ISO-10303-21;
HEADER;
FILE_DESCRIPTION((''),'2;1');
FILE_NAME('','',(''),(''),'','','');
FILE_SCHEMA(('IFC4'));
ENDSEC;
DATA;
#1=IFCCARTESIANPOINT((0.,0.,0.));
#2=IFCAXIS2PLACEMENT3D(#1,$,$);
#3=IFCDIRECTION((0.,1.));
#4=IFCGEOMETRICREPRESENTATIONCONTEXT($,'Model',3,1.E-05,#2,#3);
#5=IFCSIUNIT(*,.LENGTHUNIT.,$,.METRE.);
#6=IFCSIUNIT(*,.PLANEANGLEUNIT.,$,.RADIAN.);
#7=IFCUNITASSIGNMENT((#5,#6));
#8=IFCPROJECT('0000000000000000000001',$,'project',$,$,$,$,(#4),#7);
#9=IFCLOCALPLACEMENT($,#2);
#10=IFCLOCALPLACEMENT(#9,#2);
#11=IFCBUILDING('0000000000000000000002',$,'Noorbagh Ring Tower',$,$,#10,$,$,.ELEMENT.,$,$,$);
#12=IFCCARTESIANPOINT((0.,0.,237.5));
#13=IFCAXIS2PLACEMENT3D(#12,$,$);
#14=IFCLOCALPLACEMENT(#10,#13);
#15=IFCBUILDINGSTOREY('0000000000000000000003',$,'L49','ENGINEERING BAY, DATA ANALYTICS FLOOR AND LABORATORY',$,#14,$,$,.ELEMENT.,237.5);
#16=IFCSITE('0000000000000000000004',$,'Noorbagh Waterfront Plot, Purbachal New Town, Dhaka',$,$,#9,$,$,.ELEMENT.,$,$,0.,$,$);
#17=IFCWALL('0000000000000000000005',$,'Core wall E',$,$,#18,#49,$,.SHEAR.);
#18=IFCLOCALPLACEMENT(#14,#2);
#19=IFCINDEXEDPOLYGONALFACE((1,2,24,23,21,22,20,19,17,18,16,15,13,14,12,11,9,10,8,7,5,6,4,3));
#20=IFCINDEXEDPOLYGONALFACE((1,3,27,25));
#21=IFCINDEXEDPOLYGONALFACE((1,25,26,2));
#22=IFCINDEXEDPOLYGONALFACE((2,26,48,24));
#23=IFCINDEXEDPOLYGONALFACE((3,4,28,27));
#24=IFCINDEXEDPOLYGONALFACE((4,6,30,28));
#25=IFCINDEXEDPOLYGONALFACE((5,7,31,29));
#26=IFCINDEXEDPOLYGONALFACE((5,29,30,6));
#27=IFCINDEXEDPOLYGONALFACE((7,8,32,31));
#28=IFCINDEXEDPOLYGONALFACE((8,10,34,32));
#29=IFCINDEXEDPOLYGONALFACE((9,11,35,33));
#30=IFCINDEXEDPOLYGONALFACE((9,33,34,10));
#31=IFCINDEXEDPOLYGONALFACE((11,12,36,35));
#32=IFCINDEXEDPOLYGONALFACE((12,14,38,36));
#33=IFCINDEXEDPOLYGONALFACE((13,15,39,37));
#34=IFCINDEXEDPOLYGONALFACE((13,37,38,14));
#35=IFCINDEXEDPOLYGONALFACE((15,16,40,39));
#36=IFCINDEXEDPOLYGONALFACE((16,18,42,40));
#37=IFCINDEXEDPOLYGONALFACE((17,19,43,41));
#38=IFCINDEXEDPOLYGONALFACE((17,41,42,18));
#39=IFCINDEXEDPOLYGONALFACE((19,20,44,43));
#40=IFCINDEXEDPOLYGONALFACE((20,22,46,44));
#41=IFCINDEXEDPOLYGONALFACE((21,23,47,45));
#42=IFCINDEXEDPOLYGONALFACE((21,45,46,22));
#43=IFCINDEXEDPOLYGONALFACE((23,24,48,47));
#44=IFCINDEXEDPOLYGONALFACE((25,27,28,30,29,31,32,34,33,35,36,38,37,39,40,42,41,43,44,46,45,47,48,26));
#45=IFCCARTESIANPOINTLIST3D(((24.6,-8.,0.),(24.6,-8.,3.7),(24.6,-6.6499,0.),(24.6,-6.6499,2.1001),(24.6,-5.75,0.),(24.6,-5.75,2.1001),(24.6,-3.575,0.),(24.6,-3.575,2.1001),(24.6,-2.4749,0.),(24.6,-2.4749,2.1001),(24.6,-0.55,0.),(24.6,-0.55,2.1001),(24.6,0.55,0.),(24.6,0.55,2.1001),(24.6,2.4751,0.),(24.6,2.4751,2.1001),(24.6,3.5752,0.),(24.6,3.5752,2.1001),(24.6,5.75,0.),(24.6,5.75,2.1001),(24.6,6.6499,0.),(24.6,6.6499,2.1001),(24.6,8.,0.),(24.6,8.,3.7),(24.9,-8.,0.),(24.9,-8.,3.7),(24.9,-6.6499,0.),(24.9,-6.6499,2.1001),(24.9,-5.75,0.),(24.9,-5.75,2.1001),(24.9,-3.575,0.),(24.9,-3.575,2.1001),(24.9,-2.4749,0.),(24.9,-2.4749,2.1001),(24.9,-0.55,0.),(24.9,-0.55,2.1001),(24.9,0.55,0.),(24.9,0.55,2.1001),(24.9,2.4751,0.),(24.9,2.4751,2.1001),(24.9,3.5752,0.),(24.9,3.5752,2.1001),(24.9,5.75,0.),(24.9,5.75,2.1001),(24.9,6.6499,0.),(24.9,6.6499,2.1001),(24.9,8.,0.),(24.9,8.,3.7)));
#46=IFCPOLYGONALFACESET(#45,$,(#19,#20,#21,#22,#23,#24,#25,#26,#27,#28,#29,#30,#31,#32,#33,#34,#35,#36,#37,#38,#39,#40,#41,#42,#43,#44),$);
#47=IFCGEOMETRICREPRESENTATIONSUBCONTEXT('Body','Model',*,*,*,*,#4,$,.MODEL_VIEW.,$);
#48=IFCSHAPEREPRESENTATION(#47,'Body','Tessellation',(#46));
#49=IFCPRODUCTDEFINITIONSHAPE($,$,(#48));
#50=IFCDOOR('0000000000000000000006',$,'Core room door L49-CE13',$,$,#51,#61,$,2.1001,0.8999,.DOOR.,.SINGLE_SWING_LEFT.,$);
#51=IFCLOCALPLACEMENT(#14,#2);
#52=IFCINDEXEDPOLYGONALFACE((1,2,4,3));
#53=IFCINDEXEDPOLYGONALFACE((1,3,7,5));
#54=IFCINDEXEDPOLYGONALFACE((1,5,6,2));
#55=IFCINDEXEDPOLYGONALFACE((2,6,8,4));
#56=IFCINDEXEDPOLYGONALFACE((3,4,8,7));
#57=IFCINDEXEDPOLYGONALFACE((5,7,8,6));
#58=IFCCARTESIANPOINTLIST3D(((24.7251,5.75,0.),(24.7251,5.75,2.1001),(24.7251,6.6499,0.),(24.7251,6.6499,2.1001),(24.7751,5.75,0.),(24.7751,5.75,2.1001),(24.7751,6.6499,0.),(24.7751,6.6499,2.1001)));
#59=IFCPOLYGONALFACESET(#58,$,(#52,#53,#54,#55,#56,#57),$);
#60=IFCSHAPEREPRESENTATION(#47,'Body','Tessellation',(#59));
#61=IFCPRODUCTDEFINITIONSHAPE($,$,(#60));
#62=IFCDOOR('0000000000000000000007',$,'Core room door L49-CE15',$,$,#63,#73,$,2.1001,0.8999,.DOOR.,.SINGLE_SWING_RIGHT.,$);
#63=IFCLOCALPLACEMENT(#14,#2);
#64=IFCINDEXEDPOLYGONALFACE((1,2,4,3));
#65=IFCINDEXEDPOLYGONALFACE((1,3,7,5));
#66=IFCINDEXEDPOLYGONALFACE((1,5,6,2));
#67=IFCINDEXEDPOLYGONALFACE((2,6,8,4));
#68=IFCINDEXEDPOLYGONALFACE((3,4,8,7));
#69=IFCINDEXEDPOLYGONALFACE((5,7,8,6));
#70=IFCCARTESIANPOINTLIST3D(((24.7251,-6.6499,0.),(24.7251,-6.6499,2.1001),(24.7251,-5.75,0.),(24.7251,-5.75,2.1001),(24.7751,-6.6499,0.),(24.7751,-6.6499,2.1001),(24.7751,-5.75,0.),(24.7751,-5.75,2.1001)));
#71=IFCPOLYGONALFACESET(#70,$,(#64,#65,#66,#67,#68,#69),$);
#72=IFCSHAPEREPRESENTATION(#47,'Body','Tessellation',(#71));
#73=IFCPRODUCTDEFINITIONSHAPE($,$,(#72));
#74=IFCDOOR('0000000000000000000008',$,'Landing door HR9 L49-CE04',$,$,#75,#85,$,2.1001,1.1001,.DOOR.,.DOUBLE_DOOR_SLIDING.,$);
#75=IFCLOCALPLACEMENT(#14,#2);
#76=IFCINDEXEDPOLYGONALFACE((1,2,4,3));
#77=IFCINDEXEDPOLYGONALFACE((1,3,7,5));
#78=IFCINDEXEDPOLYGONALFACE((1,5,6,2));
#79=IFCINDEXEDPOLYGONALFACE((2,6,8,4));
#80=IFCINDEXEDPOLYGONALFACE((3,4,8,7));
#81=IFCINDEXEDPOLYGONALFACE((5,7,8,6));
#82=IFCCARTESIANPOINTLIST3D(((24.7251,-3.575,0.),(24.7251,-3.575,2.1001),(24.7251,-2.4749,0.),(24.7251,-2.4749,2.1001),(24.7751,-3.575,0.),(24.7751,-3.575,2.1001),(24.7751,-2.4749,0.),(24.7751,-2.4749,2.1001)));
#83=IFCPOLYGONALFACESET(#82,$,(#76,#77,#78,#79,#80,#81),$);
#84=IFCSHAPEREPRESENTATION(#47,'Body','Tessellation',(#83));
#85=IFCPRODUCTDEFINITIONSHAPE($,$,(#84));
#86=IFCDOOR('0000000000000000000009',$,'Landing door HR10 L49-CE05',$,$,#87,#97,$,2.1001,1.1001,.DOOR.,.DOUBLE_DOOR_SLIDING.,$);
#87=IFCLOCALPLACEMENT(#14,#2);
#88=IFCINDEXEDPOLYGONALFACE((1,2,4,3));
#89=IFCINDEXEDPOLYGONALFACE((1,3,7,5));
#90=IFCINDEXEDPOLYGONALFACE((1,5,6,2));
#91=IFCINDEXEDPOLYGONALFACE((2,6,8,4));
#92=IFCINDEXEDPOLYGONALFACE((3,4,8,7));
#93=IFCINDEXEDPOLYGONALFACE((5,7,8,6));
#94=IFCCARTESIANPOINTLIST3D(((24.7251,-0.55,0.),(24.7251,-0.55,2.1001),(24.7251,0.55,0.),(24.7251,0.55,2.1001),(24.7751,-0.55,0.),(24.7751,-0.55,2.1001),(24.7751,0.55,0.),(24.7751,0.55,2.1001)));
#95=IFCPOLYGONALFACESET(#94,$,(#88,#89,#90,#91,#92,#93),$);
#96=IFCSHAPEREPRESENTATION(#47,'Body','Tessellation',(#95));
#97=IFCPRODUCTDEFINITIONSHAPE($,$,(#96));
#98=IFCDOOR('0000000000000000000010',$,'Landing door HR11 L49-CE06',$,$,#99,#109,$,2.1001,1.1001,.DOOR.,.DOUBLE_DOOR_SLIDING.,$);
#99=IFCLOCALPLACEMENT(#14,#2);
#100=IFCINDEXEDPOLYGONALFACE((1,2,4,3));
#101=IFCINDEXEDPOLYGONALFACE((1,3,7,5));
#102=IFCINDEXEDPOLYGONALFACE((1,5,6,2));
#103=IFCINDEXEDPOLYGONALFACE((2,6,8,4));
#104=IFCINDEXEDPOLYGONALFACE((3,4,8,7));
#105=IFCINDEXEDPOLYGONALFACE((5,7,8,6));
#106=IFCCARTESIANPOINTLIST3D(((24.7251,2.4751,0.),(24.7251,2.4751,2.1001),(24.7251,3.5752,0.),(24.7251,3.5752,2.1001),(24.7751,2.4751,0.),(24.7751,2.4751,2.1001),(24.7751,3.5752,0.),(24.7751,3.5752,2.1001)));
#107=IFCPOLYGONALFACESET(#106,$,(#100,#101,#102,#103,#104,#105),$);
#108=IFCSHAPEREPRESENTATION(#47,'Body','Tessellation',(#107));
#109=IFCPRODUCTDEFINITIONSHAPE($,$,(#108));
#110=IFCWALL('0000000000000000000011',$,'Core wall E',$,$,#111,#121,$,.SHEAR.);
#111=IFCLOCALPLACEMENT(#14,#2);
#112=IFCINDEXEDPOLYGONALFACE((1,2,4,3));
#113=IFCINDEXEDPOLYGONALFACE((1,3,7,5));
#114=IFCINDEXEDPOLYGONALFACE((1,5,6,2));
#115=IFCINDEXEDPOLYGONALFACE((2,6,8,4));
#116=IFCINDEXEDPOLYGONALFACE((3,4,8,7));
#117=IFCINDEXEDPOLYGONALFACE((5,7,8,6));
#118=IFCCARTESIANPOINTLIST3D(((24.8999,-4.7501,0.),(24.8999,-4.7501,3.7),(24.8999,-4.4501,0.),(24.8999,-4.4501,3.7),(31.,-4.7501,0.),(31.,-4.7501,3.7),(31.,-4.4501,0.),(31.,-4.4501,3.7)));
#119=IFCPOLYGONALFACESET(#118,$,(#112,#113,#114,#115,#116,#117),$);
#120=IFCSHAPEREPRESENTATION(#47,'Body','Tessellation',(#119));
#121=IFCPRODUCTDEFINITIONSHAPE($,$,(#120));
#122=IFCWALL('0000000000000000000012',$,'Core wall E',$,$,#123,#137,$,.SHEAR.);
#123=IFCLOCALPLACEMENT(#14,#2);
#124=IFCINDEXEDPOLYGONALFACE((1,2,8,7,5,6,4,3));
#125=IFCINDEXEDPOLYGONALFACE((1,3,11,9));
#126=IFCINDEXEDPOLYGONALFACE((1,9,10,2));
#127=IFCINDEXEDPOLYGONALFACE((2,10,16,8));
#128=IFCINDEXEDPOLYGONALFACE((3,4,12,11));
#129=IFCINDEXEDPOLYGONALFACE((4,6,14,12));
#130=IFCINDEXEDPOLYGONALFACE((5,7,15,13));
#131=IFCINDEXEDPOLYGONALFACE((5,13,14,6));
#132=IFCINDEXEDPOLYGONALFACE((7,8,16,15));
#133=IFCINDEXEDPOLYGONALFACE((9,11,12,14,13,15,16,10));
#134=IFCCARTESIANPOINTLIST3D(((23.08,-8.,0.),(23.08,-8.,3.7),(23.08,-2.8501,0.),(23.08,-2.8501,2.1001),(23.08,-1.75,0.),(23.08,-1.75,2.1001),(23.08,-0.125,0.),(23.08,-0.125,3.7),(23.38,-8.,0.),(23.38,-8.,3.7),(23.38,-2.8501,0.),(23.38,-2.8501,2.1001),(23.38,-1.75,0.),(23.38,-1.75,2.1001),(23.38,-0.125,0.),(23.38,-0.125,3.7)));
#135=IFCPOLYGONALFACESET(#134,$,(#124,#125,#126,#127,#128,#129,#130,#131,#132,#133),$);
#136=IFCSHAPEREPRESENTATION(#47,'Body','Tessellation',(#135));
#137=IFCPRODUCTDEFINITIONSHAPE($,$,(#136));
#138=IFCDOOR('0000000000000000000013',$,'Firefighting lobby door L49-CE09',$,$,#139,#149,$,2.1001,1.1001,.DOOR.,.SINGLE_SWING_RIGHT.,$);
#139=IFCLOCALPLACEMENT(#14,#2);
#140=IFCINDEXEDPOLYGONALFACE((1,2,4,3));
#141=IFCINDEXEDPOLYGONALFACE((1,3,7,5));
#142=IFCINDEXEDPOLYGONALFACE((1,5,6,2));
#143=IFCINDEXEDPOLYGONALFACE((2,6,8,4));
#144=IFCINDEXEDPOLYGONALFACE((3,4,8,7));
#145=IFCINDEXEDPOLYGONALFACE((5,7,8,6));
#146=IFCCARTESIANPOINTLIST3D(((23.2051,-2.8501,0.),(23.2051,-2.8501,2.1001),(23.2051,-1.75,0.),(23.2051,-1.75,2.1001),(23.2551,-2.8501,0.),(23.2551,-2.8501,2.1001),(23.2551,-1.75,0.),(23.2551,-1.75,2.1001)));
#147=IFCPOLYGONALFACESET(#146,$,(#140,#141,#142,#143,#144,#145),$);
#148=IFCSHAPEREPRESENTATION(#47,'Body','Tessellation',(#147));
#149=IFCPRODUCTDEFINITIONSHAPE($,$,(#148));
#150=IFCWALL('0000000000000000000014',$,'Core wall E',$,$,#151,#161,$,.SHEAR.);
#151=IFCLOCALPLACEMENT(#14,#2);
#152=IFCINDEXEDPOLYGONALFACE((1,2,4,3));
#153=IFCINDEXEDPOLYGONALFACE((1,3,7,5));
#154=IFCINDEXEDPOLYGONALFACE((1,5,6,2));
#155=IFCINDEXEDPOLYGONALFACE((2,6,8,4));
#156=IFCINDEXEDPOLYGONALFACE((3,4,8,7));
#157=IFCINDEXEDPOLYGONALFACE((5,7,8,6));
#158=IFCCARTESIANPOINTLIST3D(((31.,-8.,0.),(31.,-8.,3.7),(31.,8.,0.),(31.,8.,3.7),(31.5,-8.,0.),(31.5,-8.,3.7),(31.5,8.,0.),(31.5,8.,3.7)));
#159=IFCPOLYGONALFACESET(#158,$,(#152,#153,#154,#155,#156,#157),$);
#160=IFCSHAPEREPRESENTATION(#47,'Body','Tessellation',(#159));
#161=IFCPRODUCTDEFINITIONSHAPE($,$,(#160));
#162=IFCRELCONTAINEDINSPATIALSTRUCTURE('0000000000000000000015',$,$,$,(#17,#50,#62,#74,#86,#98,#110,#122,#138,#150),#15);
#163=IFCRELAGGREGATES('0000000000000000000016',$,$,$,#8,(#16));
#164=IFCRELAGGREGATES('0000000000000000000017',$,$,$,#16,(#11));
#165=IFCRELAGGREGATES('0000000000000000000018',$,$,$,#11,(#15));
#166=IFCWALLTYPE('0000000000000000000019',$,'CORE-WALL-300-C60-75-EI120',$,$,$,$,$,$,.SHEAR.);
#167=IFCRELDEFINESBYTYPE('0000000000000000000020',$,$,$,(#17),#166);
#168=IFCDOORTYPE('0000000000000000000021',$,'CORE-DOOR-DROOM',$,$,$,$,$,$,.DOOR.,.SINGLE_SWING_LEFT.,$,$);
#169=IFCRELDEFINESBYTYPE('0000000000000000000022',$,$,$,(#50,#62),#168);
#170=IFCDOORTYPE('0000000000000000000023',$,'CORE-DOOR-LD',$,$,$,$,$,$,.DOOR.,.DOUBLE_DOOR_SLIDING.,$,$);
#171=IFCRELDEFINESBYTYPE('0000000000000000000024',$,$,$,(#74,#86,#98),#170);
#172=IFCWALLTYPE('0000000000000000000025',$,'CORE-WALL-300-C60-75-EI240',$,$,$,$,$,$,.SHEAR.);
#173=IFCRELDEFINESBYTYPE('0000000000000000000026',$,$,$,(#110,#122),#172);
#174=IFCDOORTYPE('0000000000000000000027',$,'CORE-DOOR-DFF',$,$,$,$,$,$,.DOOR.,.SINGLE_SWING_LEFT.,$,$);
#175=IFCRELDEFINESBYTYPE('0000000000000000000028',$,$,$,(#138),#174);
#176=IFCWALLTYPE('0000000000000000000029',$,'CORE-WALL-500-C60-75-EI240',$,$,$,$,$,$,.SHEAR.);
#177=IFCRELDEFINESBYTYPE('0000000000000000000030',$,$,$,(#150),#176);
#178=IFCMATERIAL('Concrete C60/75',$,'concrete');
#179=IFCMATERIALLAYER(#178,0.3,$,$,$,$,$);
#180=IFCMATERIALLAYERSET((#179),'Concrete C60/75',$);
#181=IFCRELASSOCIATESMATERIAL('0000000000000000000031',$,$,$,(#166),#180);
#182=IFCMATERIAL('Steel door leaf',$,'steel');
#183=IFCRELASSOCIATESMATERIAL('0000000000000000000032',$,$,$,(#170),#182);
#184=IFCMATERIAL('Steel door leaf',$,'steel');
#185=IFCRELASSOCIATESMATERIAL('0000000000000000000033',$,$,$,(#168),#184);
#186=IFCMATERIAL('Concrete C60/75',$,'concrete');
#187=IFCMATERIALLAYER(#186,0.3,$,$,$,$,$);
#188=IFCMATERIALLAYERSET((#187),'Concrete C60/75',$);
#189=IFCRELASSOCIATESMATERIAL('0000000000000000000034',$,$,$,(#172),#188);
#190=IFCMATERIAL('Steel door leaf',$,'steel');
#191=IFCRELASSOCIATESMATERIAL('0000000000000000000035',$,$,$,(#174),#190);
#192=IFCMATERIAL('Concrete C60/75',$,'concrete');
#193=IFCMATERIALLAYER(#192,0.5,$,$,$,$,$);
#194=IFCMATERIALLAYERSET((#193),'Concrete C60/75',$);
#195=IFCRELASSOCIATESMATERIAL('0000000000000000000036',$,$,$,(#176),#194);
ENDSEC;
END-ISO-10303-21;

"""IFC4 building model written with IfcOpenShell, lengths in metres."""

from ifc_helpers import new_model, si_unit, direction, frame, frame_2d, origin, place, context, subcontext, project, spatial, rectangle, extrude, material, layer, layer_set, type_object, element, fill, save


model = new_model("IFC4")

# Units and contexts
model_context = context("Model", 3, precision=1e-05, world=origin(), true_north=direction((0.0, 1.0)))
body_context = subcontext(model_context, "Body", "Model", "MODEL_VIEW")
ifc_project = project(units=[si_unit("LENGTHUNIT", "METRE"), si_unit("PLANEANGLEUNIT", "RADIAN")], contexts=[model_context])

# Site, building, storey
site_placement = place(None, origin())
site = spatial("IfcSite", under=ifc_project, at=site_placement, Name="Noorbagh Waterfront Plot, Purbachal New Town, Dhaka", CompositionType="ELEMENT", RefElevation=0.0)
building_placement = place(site_placement, origin())
building = spatial("IfcBuilding", under=site, at=building_placement, Name="Noorbagh Ring Tower", CompositionType="ELEMENT")
storey_placement = place(building_placement, frame((0.0, 0.0, 237.5)))
storey = spatial("IfcBuildingStorey", under=building, at=storey_placement, Name="L49", Description="ENGINEERING BAY, DATA ANALYTICS FLOOR AND LABORATORY", CompositionType="ELEMENT", Elevation=237.5)

# Shared definitions
ifc_material_1 = material(Name="Concrete C60/75", Category="concrete")
ifc_layer_1 = layer(ifc_material_1, 0.3)
ifc_layer_set_1 = layer_set([ifc_layer_1], Name="Concrete C60/75")
wall_type_1 = type_object("IfcWallType", Name="CORE-WALL-300-C60-75-EI120", PredefinedType="SHEAR", material=ifc_layer_set_1)

# Wall, openings, doors
ifc_material_2 = material(Name="Steel door leaf", Category="steel")
door_type_1 = type_object("IfcDoorType", Name="CORE-DOOR-LD", OperationType="DOUBLE_DOOR_SLIDING", PredefinedType="DOOR", material=ifc_material_2)
wall_1_placement = place(storey_placement, frame((24.75, -8.0, 0.0), z_axis=(0.0, 0.0, 1.0), x_axis=(0.0, 1.0, 0.0)))
wall_1 = element("IfcWall", 1, at=wall_1_placement, inside=storey, type_object=wall_type_1, Name="Core wall E", PredefinedType="SHEAR", context=body_context, shape_type="SweptSolid", body=[
    extrude(rectangle(XDim=16.0, YDim=0.3, at=frame_2d((8.0, 0.0))), origin(), (0.0, 0.0, 1.0), 3.7),
])
opening_1_placement = place(wall_1_placement, frame((4.425, 0.0, 0.0)))
opening_1 = element("IfcOpeningElement", 2, at=opening_1_placement, cuts=wall_1, PredefinedType="OPENING", context=body_context, shape_type="SweptSolid", body=[
    extrude(rectangle(XDim=1.1001, YDim=2.1001, at=frame_2d((0.55, 1.05))), frame((0.0, 0.1602, 0.0), z_axis=(0.0, -1.0, 0.0), x_axis=(1.0, 0.0, 0.0)), (0.0, 0.0, 1.0), 0.3201),
])
opening_2_placement = place(wall_1_placement, frame((7.45, 0.0, 0.0)))
opening_2 = element("IfcOpeningElement", 3, at=opening_2_placement, cuts=wall_1, PredefinedType="OPENING", context=body_context, shape_type="SweptSolid", body=[
    extrude(rectangle(XDim=1.1001, YDim=2.1001, at=frame_2d((0.55, 1.05))), frame((0.0, 0.1602, 0.0), z_axis=(0.0, -1.0, 0.0), x_axis=(1.0, 0.0, 0.0)), (0.0, 0.0, 1.0), 0.3201),
])
opening_3_placement = place(wall_1_placement, frame((10.4751, 0.0, 0.0)))
opening_3 = element("IfcOpeningElement", 4, at=opening_3_placement, cuts=wall_1, PredefinedType="OPENING", context=body_context, shape_type="SweptSolid", body=[
    extrude(rectangle(XDim=1.1001, YDim=2.1001, at=frame_2d((0.55, 1.05))), frame((0.0, 0.1602, 0.0), z_axis=(0.0, -1.0, 0.0), x_axis=(1.0, 0.0, 0.0)), (0.0, 0.0, 1.0), 0.3201),
])
opening_4_placement = place(wall_1_placement, frame((13.75, 0.0, 0.0)))
opening_4 = element("IfcOpeningElement", 5, at=opening_4_placement, cuts=wall_1, PredefinedType="OPENING", context=body_context, shape_type="SweptSolid", body=[
    extrude(rectangle(XDim=0.8999, YDim=2.1001, at=frame_2d((0.45, 1.05))), frame((0.0, 0.1602, 0.0), z_axis=(0.0, -1.0, 0.0), x_axis=(1.0, 0.0, 0.0)), (0.0, 0.0, 1.0), 0.3201),
])
opening_5_placement = place(wall_1_placement, frame((1.3501, 0.0, 0.0)))
opening_5 = element("IfcOpeningElement", 6, at=opening_5_placement, cuts=wall_1, PredefinedType="OPENING", context=body_context, shape_type="SweptSolid", body=[
    extrude(rectangle(XDim=0.8999, YDim=2.1001, at=frame_2d((0.45, 1.05))), frame((0.0, 0.1602, 0.0), z_axis=(0.0, -1.0, 0.0), x_axis=(1.0, 0.0, 0.0)), (0.0, 0.0, 1.0), 0.3201),
])
ifc_material_3 = material(Name="Steel door leaf", Category="steel")
door_type_2 = type_object("IfcDoorType", Name="CORE-DOOR-DROOM", OperationType="SINGLE_SWING_LEFT", PredefinedType="DOOR", material=ifc_material_3)
door_1_placement = place(opening_4_placement, origin())
door_1 = element("IfcDoor", 7, at=door_1_placement, inside=storey, type_object=door_type_2, Name="Core room door L49-CE13", OperationType="SINGLE_SWING_LEFT", OverallHeight=2.1001, OverallWidth=0.8999, PredefinedType="DOOR", context=body_context, shape_type="SweptSolid", body=[
    extrude(rectangle(XDim=0.8999, YDim=2.1001, at=frame_2d((0.45, 1.05))), frame((0.0, 0.0249, 0.0), z_axis=(0.0, -1.0, 0.0), x_axis=(1.0, 0.0, 0.0)), (0.0, 0.0, 1.0), 0.05),
])
fill(opening_4, door_1)
door_2_placement = place(opening_5_placement, origin())
door_2 = element("IfcDoor", 8, at=door_2_placement, inside=storey, type_object=door_type_2, Name="Core room door L49-CE15", OperationType="SINGLE_SWING_RIGHT", OverallHeight=2.1001, OverallWidth=0.8999, PredefinedType="DOOR", context=body_context, shape_type="SweptSolid", body=[
    extrude(rectangle(XDim=0.8999, YDim=2.1001, at=frame_2d((0.45, 1.05))), frame((0.0, 0.0249, 0.0), z_axis=(0.0, -1.0, 0.0), x_axis=(1.0, 0.0, 0.0)), (0.0, 0.0, 1.0), 0.05),
])
fill(opening_5, door_2)
door_3_placement = place(opening_1_placement, origin())
door_3 = element("IfcDoor", 9, at=door_3_placement, inside=storey, type_object=door_type_1, Name="Landing door HR9 L49-CE04", OperationType="DOUBLE_DOOR_SLIDING", OverallHeight=2.1001, OverallWidth=1.1001, PredefinedType="DOOR", context=body_context, shape_type="SweptSolid", body=[
    extrude(rectangle(XDim=1.1001, YDim=2.1001, at=frame_2d((0.55, 1.05))), frame((0.0, 0.0249, 0.0), z_axis=(0.0, -1.0, 0.0), x_axis=(1.0, 0.0, 0.0)), (0.0, 0.0, 1.0), 0.05),
])
fill(opening_1, door_3)
door_4_placement = place(opening_2_placement, origin())
door_4 = element("IfcDoor", 10, at=door_4_placement, inside=storey, type_object=door_type_1, Name="Landing door HR10 L49-CE05", OperationType="DOUBLE_DOOR_SLIDING", OverallHeight=2.1001, OverallWidth=1.1001, PredefinedType="DOOR", context=body_context, shape_type="SweptSolid", body=[
    extrude(rectangle(XDim=1.1001, YDim=2.1001, at=frame_2d((0.55, 1.05))), frame((0.0, 0.0249, 0.0), z_axis=(0.0, -1.0, 0.0), x_axis=(1.0, 0.0, 0.0)), (0.0, 0.0, 1.0), 0.05),
])
fill(opening_2, door_4)
door_5_placement = place(opening_3_placement, origin())
door_5 = element("IfcDoor", 11, at=door_5_placement, inside=storey, type_object=door_type_1, Name="Landing door HR11 L49-CE06", OperationType="DOUBLE_DOOR_SLIDING", OverallHeight=2.1001, OverallWidth=1.1001, PredefinedType="DOOR", context=body_context, shape_type="SweptSolid", body=[
    extrude(rectangle(XDim=1.1001, YDim=2.1001, at=frame_2d((0.55, 1.05))), frame((0.0, 0.0249, 0.0), z_axis=(0.0, -1.0, 0.0), x_axis=(1.0, 0.0, 0.0)), (0.0, 0.0, 1.0), 0.05),
])
fill(opening_3, door_5)

# Wall
ifc_material_4 = material(Name="Concrete C60/75", Category="concrete")
ifc_layer_2 = layer(ifc_material_4, 0.3)
ifc_layer_set_2 = layer_set([ifc_layer_2], Name="Concrete C60/75")
wall_type_2 = type_object("IfcWallType", Name="CORE-WALL-300-C60-75-EI240", PredefinedType="SHEAR", material=ifc_layer_set_2)
wall_2_placement = place(storey_placement, frame((24.8999, -4.6001, 0.0), z_axis=(0.0, 0.0, 1.0), x_axis=(1.0, 0.0, 0.0)))
element("IfcWall", 12, at=wall_2_placement, inside=storey, type_object=wall_type_2, Name="Core wall E", PredefinedType="SHEAR", context=body_context, shape_type="SweptSolid", body=[
    extrude(rectangle(XDim=6.1001, YDim=0.3, at=frame_2d((3.05, 0.0))), origin(), (0.0, 0.0, 1.0), 3.7),
])

# Wall, opening, door
wall_3_placement = place(storey_placement, frame((23.23, -8.0, 0.0), z_axis=(0.0, 0.0, 1.0), x_axis=(0.0, 1.0, 0.0)))
wall_3 = element("IfcWall", 13, at=wall_3_placement, inside=storey, type_object=wall_type_2, Name="Core wall E", PredefinedType="SHEAR", context=body_context, shape_type="SweptSolid", body=[
    extrude(rectangle(XDim=7.875, YDim=0.3, at=frame_2d((3.9375, 0.0))), origin(), (0.0, 0.0, 1.0), 3.7),
])
opening_6_placement = place(wall_3_placement, frame((5.1499, 0.0, 0.0)))
opening_6 = element("IfcOpeningElement", 14, at=opening_6_placement, cuts=wall_3, PredefinedType="OPENING", context=body_context, shape_type="SweptSolid", body=[
    extrude(rectangle(XDim=1.1001, YDim=2.1001, at=frame_2d((0.55, 1.05))), frame((0.0, 0.1602, 0.0), z_axis=(0.0, -1.0, 0.0), x_axis=(1.0, 0.0, 0.0)), (0.0, 0.0, 1.0), 0.3201),
])
ifc_material_5 = material(Name="Steel door leaf", Category="steel")
door_type_3 = type_object("IfcDoorType", Name="CORE-DOOR-DFF", OperationType="SINGLE_SWING_LEFT", PredefinedType="DOOR", material=ifc_material_5)
door_6_placement = place(opening_6_placement, origin())
door_6 = element("IfcDoor", 15, at=door_6_placement, inside=storey, type_object=door_type_3, Name="Firefighting lobby door L49-CE09", OperationType="SINGLE_SWING_RIGHT", OverallHeight=2.1001, OverallWidth=1.1001, PredefinedType="DOOR", context=body_context, shape_type="SweptSolid", body=[
    extrude(rectangle(XDim=1.1001, YDim=2.1001, at=frame_2d((0.55, 1.05))), frame((0.0, 0.0249, 0.0), z_axis=(0.0, -1.0, 0.0), x_axis=(1.0, 0.0, 0.0)), (0.0, 0.0, 1.0), 0.05),
])
fill(opening_6, door_6)

# Wall
ifc_material_6 = material(Name="Concrete C60/75", Category="concrete")
ifc_layer_3 = layer(ifc_material_6, 0.5)
ifc_layer_set_3 = layer_set([ifc_layer_3], Name="Concrete C60/75")
wall_type_3 = type_object("IfcWallType", Name="CORE-WALL-500-C60-75-EI240", PredefinedType="SHEAR", material=ifc_layer_set_3)
wall_4_placement = place(storey_placement, frame((31.25, -8.0, 0.0), z_axis=(0.0, 0.0, 1.0), x_axis=(0.0, 1.0, 0.0)))
element("IfcWall", 16, at=wall_4_placement, inside=storey, type_object=wall_type_3, Name="Core wall E", PredefinedType="SHEAR", context=body_context, shape_type="SweptSolid", body=[
    extrude(rectangle(XDim=16.0, YDim=0.5, at=frame_2d((8.0, 0.0))), origin(), (0.0, 0.0, 1.0), 3.7),
])

save(model, "model.ifc")
